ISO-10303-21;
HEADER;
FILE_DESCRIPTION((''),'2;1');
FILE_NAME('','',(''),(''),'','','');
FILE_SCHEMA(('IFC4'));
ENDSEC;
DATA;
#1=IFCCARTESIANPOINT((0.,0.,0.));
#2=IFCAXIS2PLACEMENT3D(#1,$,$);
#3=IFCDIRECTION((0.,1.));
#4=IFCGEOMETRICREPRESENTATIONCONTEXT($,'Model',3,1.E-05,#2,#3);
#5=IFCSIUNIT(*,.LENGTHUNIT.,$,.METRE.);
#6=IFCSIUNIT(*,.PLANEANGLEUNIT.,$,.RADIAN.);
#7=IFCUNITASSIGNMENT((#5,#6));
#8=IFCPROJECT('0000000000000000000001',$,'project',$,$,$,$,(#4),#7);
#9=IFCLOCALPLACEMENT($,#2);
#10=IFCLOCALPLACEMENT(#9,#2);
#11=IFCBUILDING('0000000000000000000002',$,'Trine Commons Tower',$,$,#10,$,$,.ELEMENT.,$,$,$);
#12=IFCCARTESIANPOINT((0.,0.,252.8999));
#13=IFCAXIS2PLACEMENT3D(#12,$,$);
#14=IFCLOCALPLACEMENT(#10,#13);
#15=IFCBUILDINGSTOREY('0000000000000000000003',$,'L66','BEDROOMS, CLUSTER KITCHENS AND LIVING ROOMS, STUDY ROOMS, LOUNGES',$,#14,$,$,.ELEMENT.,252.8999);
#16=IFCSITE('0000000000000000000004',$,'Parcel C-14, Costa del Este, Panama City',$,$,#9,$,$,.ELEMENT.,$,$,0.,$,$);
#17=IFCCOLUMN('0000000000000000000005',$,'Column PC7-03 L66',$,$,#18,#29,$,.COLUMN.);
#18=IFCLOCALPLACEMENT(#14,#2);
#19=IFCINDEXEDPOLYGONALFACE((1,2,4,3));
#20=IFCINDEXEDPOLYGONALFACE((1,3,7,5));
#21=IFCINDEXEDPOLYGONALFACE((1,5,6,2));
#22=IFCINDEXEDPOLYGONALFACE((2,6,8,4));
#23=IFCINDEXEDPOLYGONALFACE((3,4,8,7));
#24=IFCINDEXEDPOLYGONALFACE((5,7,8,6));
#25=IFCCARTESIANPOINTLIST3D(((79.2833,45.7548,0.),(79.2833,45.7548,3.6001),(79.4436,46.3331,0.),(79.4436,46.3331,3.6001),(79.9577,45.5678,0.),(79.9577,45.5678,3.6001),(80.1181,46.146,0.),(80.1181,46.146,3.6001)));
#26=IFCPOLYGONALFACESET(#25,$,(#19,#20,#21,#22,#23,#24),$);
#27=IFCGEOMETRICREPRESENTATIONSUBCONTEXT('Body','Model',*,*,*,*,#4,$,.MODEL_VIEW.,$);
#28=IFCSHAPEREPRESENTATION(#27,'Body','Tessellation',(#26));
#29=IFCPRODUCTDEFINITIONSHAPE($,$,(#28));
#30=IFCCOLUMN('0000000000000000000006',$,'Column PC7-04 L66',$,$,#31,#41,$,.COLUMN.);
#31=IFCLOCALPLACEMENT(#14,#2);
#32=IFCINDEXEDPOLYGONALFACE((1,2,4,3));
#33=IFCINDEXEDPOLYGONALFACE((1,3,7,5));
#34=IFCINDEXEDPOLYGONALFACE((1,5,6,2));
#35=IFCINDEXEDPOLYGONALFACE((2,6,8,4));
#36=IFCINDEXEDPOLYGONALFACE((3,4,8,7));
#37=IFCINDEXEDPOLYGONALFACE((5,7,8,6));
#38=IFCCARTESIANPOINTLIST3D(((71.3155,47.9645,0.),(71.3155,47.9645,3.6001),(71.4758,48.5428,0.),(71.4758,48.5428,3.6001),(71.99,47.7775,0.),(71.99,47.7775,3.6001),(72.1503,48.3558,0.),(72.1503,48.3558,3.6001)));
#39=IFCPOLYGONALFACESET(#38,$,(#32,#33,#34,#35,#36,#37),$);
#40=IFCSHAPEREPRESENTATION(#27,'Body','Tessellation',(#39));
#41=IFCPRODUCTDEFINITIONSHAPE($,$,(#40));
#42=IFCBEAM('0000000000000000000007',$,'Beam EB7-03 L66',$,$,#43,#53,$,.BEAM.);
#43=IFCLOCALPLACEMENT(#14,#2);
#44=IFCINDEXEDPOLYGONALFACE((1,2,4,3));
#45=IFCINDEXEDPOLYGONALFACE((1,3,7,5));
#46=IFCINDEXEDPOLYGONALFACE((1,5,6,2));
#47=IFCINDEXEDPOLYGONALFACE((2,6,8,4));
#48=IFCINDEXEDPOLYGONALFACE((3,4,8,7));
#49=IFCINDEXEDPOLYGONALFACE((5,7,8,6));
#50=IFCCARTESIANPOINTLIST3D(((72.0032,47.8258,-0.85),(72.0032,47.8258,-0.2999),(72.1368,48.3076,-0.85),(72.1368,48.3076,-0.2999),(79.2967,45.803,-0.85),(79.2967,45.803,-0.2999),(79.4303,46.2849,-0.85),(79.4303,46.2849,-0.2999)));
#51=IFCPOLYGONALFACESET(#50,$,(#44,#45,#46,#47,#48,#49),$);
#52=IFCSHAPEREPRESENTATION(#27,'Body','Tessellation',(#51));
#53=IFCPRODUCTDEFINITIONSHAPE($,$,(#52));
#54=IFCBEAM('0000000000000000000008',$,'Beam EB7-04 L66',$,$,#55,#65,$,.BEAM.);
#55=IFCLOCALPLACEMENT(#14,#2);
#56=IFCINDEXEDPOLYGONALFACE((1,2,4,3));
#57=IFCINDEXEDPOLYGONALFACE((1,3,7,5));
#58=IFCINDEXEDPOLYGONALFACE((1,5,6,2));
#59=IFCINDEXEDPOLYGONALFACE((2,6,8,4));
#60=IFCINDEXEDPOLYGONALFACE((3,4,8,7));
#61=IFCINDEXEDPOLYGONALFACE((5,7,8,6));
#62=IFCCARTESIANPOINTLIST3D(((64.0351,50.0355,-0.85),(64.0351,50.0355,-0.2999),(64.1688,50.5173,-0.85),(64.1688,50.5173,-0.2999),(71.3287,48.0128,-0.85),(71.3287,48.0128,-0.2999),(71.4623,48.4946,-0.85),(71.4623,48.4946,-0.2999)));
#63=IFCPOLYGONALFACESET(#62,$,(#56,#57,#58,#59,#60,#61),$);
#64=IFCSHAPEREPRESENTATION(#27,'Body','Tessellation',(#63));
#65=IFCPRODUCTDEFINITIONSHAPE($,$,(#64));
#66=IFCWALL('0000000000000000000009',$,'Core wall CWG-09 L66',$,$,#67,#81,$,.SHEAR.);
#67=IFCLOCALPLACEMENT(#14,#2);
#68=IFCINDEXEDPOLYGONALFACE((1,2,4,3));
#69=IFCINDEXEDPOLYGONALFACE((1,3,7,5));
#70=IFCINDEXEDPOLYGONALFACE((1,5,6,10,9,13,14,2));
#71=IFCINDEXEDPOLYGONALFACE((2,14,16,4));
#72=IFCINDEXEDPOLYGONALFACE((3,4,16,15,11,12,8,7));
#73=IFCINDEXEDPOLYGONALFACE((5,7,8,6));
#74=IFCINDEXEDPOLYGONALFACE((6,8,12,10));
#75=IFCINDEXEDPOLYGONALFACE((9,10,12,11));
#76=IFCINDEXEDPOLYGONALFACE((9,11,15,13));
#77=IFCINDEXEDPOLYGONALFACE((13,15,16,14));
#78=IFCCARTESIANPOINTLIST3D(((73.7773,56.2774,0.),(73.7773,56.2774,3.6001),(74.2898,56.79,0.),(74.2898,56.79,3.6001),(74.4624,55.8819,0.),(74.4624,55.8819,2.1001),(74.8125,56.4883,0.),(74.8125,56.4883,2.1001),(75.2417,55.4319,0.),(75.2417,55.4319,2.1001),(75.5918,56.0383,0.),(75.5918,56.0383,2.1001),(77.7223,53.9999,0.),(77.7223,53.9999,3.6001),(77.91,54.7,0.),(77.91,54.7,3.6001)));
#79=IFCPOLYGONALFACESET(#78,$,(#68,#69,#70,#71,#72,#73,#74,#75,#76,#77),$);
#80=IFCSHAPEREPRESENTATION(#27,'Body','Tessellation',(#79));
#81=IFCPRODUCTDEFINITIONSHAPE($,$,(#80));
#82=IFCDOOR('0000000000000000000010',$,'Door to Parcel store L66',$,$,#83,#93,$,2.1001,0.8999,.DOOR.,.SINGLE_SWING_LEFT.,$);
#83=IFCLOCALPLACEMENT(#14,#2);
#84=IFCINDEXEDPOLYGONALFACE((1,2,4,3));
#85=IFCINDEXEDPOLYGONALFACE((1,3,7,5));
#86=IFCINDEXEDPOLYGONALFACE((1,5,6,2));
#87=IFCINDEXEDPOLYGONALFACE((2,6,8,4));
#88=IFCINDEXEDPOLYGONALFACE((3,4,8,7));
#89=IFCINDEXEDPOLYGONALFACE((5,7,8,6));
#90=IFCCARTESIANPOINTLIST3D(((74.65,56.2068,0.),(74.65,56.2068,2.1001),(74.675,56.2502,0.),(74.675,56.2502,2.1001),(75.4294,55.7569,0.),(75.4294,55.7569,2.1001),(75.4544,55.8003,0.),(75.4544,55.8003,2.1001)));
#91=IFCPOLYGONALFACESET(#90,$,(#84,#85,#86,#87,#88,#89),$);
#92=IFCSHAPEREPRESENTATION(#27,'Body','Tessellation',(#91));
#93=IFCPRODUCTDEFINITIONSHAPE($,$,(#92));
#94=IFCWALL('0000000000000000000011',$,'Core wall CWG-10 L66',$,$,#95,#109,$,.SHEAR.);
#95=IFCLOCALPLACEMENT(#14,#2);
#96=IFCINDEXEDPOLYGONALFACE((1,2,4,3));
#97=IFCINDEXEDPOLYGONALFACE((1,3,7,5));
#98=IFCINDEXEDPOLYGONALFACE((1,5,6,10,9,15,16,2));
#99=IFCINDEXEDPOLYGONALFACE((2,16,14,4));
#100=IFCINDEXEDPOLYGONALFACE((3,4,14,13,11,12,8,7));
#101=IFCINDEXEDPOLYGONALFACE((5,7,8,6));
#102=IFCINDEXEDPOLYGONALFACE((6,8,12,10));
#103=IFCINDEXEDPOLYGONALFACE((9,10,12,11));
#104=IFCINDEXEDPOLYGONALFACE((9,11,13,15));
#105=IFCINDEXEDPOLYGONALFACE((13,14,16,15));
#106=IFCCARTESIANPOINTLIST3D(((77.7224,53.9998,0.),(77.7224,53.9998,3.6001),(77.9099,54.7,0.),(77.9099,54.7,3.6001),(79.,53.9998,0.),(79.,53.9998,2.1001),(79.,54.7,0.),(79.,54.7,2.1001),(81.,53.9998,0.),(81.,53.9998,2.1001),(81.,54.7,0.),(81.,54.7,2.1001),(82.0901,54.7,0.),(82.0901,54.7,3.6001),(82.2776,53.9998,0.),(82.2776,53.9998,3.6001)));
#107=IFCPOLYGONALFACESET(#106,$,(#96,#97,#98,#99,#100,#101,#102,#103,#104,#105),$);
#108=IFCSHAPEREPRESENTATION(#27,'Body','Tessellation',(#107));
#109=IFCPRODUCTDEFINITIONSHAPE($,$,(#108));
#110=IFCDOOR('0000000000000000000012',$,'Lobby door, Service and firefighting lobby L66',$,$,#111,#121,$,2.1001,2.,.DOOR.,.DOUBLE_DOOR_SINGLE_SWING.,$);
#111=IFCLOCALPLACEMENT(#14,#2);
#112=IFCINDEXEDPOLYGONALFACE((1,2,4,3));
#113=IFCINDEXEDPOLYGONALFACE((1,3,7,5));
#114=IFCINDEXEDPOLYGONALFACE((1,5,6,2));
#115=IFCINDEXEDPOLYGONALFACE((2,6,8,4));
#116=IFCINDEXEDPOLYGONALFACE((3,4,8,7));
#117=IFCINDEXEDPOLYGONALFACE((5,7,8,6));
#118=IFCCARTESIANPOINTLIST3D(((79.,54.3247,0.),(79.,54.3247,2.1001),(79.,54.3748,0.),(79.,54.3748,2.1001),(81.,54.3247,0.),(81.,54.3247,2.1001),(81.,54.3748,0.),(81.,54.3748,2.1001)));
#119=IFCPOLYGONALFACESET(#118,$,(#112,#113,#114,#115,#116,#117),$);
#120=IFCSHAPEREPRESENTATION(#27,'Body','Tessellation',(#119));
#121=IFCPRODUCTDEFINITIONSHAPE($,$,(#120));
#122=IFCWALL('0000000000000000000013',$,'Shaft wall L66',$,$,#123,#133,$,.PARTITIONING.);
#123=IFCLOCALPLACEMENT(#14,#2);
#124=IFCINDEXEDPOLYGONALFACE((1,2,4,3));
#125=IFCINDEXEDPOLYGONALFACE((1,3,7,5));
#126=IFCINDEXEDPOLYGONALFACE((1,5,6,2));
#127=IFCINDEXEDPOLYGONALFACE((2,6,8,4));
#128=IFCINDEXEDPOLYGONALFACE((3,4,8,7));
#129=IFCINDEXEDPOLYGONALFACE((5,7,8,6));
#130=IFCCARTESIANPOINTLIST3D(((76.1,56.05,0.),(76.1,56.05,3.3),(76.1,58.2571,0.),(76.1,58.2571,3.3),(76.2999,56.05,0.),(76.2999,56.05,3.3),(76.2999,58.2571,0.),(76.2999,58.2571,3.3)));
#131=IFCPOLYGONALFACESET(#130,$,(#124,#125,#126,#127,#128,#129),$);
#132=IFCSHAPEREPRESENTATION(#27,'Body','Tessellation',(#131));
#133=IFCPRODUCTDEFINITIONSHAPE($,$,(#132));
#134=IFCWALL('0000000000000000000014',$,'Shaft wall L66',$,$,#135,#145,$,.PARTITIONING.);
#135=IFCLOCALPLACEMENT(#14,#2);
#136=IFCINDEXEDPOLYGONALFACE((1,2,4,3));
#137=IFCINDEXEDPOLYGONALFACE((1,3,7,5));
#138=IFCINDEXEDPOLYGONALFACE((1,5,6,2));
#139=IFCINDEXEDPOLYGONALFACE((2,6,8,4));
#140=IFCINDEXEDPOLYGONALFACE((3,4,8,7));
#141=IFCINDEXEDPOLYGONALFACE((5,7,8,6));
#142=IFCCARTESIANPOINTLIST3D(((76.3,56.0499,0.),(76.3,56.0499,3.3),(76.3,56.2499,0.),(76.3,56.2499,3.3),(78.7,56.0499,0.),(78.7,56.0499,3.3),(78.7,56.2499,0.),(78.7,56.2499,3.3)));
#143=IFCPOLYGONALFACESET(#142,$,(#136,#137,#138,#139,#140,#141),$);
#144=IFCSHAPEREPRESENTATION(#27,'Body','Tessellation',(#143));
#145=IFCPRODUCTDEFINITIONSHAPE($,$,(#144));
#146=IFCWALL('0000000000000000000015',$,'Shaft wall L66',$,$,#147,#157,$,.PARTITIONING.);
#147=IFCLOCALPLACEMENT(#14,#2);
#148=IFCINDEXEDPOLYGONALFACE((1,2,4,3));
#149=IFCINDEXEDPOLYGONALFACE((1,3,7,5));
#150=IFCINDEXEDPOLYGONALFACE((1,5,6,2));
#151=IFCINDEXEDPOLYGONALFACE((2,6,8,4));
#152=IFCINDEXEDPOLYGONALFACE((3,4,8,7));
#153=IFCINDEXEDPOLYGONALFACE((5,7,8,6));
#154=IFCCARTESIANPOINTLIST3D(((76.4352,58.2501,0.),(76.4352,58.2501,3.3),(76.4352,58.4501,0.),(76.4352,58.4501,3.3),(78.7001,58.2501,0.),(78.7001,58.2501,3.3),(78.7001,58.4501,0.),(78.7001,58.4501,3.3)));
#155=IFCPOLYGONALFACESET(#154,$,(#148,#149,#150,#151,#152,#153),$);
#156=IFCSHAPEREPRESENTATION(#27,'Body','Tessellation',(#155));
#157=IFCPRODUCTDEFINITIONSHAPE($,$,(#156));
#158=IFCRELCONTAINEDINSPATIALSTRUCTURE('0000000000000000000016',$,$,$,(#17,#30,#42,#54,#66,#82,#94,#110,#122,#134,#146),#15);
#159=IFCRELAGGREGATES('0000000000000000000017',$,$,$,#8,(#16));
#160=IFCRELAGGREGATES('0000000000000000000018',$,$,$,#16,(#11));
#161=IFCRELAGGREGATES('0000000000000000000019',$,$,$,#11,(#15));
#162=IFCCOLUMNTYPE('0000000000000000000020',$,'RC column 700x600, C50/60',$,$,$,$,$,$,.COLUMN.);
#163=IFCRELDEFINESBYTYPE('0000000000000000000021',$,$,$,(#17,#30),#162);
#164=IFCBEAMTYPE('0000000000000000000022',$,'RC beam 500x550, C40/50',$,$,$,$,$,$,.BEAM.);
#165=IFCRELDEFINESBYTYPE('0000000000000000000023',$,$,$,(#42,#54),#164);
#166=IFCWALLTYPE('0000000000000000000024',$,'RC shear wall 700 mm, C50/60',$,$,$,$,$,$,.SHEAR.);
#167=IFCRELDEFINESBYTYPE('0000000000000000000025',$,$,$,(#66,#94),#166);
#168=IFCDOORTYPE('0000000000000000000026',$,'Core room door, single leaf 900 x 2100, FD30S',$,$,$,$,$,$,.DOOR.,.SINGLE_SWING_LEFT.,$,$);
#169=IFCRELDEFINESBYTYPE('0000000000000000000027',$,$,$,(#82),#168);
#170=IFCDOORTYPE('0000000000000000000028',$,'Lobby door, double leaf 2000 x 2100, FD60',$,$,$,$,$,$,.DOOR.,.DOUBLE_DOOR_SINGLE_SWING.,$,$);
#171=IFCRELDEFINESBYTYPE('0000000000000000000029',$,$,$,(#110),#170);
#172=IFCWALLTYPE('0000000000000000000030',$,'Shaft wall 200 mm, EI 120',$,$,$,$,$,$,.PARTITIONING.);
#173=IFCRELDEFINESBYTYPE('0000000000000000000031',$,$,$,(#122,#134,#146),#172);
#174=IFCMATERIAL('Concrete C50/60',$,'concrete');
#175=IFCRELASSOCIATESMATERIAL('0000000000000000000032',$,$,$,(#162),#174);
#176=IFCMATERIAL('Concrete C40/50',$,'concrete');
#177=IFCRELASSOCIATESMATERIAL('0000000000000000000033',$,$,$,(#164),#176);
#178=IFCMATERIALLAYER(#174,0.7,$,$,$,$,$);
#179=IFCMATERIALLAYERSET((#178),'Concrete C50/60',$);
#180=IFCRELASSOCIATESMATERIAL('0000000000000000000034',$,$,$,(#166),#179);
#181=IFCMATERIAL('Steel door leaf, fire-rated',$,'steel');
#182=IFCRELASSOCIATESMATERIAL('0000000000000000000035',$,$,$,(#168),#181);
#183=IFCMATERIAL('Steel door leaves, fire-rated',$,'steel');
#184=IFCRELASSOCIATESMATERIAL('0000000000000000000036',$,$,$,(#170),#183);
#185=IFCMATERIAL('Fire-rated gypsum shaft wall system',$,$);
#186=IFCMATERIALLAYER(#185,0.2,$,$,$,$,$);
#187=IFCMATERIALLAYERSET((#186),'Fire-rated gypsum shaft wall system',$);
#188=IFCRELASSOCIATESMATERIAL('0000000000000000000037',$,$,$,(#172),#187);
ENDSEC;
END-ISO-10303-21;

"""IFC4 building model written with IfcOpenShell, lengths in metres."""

from ifc_helpers import new_model, si_unit, direction, frame, frame_2d, origin, origin_2d, place, context, subcontext, project, spatial, polyline, rectangle, outline, extrude, material, layer, layer_set, material_profile, profile_set, type_object, element, fill, save


model = new_model("IFC4")

# Units and contexts
model_context = context("Model", 3, precision=1e-05, world=origin(), true_north=direction((0.0, 1.0)))
body_context = subcontext(model_context, "Body", "Model", "MODEL_VIEW")
ifc_project = project(units=[si_unit("LENGTHUNIT", "METRE"), si_unit("PLANEANGLEUNIT", "RADIAN")], contexts=[model_context])

# Site, building, storey
site_placement = place(None, origin())
site = spatial("IfcSite", under=ifc_project, at=site_placement, Name="Parcel C-14, Costa del Este, Panama City", CompositionType="ELEMENT", RefElevation=0.0)
building_placement = place(site_placement, origin())
building = spatial("IfcBuilding", under=site, at=building_placement, Name="Trine Commons Tower", CompositionType="ELEMENT")
storey_placement = place(building_placement, frame((0.0, 0.0, 252.8999)))
storey = spatial("IfcBuildingStorey", under=building, at=storey_placement, Name="L66", Description="BEDROOMS, CLUSTER KITCHENS AND LIVING ROOMS, STUDY ROOMS, LOUNGES", CompositionType="ELEMENT", Elevation=252.8999)

# Columns
ifc_material_1 = material(Name="Concrete C50/60", Category="concrete")
ifc_material_profile_1 = material_profile(ifc_material_1, rectangle(XDim=0.7, YDim=0.6001, at=origin_2d()), Name="RC 700x600")
ifc_profile_set_1 = profile_set([ifc_material_profile_1], Name="Concrete C50/60")
column_type = type_object("IfcColumnType", Name="RC column 700x600, C50/60", PredefinedType="COLUMN", material=ifc_profile_set_1)
for number, where, z_axis, x_axis, name in (
    (1, (79.7007, 45.9504, 0.0), (0.0, 0.0, 1.0), (-0.96363, 0.267238, 0.0), "Column PC7-03 L66"),
    (2, (71.7329, 48.1602, 0.0), (0.0, 0.0, 1.0), (-0.96363, 0.267238, 0.0), "Column PC7-04 L66"),
):
    element("IfcColumn", number, at=place(storey_placement, frame(where, z_axis=z_axis, x_axis=x_axis)), inside=storey, type_object=column_type, Name=name, PredefinedType="COLUMN", context=body_context, shape_type="SweptSolid", body=[
        extrude(rectangle(XDim=0.7, YDim=0.6001, at=origin_2d()), origin(), (0.0, 0.0, 1.0), 3.6001),
    ])

# Beams
ifc_material_2 = material(Name="Concrete C40/50", Category="concrete")
ifc_material_profile_2 = material_profile(ifc_material_2, rectangle(XDim=0.5, YDim=0.55, at=origin_2d()), Name="RC 500x550")
ifc_profile_set_2 = profile_set([ifc_material_profile_2], Name="Concrete C40/50")
beam_type = type_object("IfcBeamType", Name="RC beam 500x550, C40/50", PredefinedType="BEAM", material=ifc_profile_set_2)
for number, where, z_axis, x_axis, name in (
    (3, (79.3635, 46.0439, -0.575), (-0.963629, 0.267245, 0.0), (-0.267245, -0.963629, 0.0), "Beam EB7-03 L66"),
    (4, (71.3955, 48.2537, -0.575), (-0.963629, 0.267245, 0.0), (-0.267245, -0.963629, 0.0), "Beam EB7-04 L66"),
):
    element("IfcBeam", number, at=place(storey_placement, frame(where, z_axis=z_axis, x_axis=x_axis)), inside=storey, type_object=beam_type, Name=name, PredefinedType="BEAM", context=body_context, shape_type="SweptSolid", body=[
        extrude(rectangle(XDim=0.5, YDim=0.55, at=origin_2d()), origin(), (0.0, 0.0, 1.0), 7.5688),
    ])

# Walls, openings, doors
ifc_layer_1 = layer(ifc_material_1, 0.7)
ifc_layer_set_1 = layer_set([ifc_layer_1], Name="Concrete C50/60")
wall_type_1 = type_object("IfcWallType", Name="RC shear wall 700 mm, C50/60", PredefinedType="SHEAR", material=ifc_layer_set_1)
wall_1_placement = place(storey_placement, frame((73.9524, 56.5806, 0.0), z_axis=(0.0, 0.0, 1.0), x_axis=(0.866035, -0.499984, 0.0)))
wall_1 = element("IfcWall", 5, at=wall_1_placement, inside=storey, type_object=wall_type_1, Name="Core wall CWG-09 L66", PredefinedType="SHEAR", context=body_context, shape_type="SweptSolid", body=[
    extrude(outline(polyline([(0.0, -0.3501), (4.5552, -0.3501), (4.3677, 0.3501), (0.1875, 0.3501), (0.0, -0.3501)])), origin(), (0.0, 0.0, 1.0), 3.6001),
])
opening_1_placement = place(wall_1_placement, frame((0.791, 0.0, 0.0)))
opening_1 = element("IfcOpeningElement", 6, at=opening_1_placement, cuts=wall_1, PredefinedType="OPENING", context=body_context, shape_type="SweptSolid", body=[
    extrude(rectangle(XDim=0.8999, YDim=2.1001, at=frame_2d((0.45, 1.05))), frame((0.0, 0.3599, 0.0), z_axis=(0.0, -1.0, 0.0), x_axis=(1.0, 0.0, 0.0)), (0.0, 0.0, 1.0), 0.72),
])
ifc_material_3 = material(Name="Steel door leaf, fire-rated", Category="steel")
door_type_1 = type_object("IfcDoorType", Name="Core room door, single leaf 900 x 2100, FD30S", OperationType="SINGLE_SWING_LEFT", PredefinedType="DOOR", material=ifc_material_3)
door_1_placement = place(opening_1_placement, origin())
door_1 = element("IfcDoor", 7, at=door_1_placement, inside=storey, type_object=door_type_1, Name="Door to Parcel store L66", OperationType="SINGLE_SWING_LEFT", OverallHeight=2.1001, OverallWidth=0.8999, PredefinedType="DOOR", context=body_context, shape_type="SweptSolid", body=[
    extrude(rectangle(XDim=0.8999, YDim=2.1001, at=frame_2d((0.45, 1.05))), frame((0.0, 0.0752, 0.0), z_axis=(0.0, -1.0, 0.0), x_axis=(1.0, 0.0, 0.0)), (0.0, 0.0, 1.0), 0.05),
])
fill(opening_1, door_1)
wall_2_placement = place(storey_placement, frame((77.7224, 54.3499, 0.0), z_axis=(0.0, 0.0, 1.0), x_axis=(1.0, 0.0, 0.0)))
wall_2 = element("IfcWall", 8, at=wall_2_placement, inside=storey, type_object=wall_type_1, Name="Core wall CWG-10 L66", PredefinedType="SHEAR", context=body_context, shape_type="SweptSolid", body=[
    extrude(outline(polyline([(0.0, -0.3501), (4.5552, -0.3501), (4.3677, 0.3501), (0.1875, 0.3501), (0.0, -0.3501)])), origin(), (0.0, 0.0, 1.0), 3.6001),
])
opening_2_placement = place(wall_2_placement, frame((1.2776, 0.0, 0.0)))
opening_2 = element("IfcOpeningElement", 9, at=opening_2_placement, cuts=wall_2, PredefinedType="OPENING", context=body_context, shape_type="SweptSolid", body=[
    extrude(rectangle(XDim=2.0, YDim=2.1001, at=frame_2d((1.0, 1.05))), frame((0.0, 0.3599, 0.0), z_axis=(0.0, -1.0, 0.0), x_axis=(1.0, 0.0, 0.0)), (0.0, 0.0, 1.0), 0.72),
])
ifc_material_4 = material(Name="Steel door leaves, fire-rated", Category="steel")
door_type_2 = type_object("IfcDoorType", Name="Lobby door, double leaf 2000 x 2100, FD60", OperationType="DOUBLE_DOOR_SINGLE_SWING", PredefinedType="DOOR", material=ifc_material_4)
door_2_placement = place(opening_2_placement, origin())
door_2 = element("IfcDoor", 10, at=door_2_placement, inside=storey, type_object=door_type_2, Name="Lobby door, Service and firefighting lobby L66", OperationType="DOUBLE_DOOR_SINGLE_SWING", OverallHeight=2.1001, OverallWidth=2.0, PredefinedType="DOOR", context=body_context, shape_type="SweptSolid", body=[
    extrude(rectangle(XDim=2.0, YDim=2.1001, at=frame_2d((1.0, 1.05))), frame((0.0, 0.0249, 0.0), z_axis=(0.0, -1.0, 0.0), x_axis=(1.0, 0.0, 0.0)), (0.0, 0.0, 1.0), 0.05),
])
fill(opening_2, door_2)

# Walls
ifc_material_5 = material(Name="Fire-rated gypsum shaft wall system")
ifc_layer_2 = layer(ifc_material_5, 0.2)
ifc_layer_set_2 = layer_set([ifc_layer_2], Name="Fire-rated gypsum shaft wall system")
wall_type_2 = type_object("IfcWallType", Name="Shaft wall 200 mm, EI 120", PredefinedType="PARTITIONING", material=ifc_layer_set_2)
wall_3_placement = place(storey_placement, frame((76.2, 58.2571, 0.0), z_axis=(0.0, 0.0, 1.0), x_axis=(0.0, -1.0, 0.0)))
element("IfcWall", 11, at=wall_3_placement, inside=storey, type_object=wall_type_2, Name="Shaft wall L66", PredefinedType="PARTITIONING", context=body_context, shape_type="SweptSolid", body=[
    extrude(rectangle(XDim=2.207, YDim=0.2, at=frame_2d((1.1035, 0.0))), origin(), (0.0, 0.0, 1.0), 3.3),
])
wall_4_placement = place(storey_placement, frame((78.7, 56.1499, 0.0), z_axis=(0.0, 0.0, 1.0), x_axis=(-1.0, 0.0, 0.0)))
element("IfcWall", 12, at=wall_4_placement, inside=storey, type_object=wall_type_2, Name="Shaft wall L66", PredefinedType="PARTITIONING", context=body_context, shape_type="SweptSolid", body=[
    extrude(rectangle(XDim=2.3999, YDim=0.2, at=frame_2d((1.2, 0.0))), origin(), (0.0, 0.0, 1.0), 3.3),
])
wall_5_placement = place(storey_placement, frame((78.7, 58.3501, 0.0), z_axis=(0.0, 0.0, 1.0), x_axis=(-1.0, 0.0, 0.0)))
element("IfcWall", 13, at=wall_5_placement, inside=storey, type_object=wall_type_2, Name="Shaft wall L66", PredefinedType="PARTITIONING", context=body_context, shape_type="SweptSolid", body=[
    extrude(rectangle(XDim=2.2649, YDim=0.2, at=frame_2d((1.1323, 0.0))), origin(), (0.0, 0.0, 1.0), 3.3),
])

save(model, "model.ifc")
